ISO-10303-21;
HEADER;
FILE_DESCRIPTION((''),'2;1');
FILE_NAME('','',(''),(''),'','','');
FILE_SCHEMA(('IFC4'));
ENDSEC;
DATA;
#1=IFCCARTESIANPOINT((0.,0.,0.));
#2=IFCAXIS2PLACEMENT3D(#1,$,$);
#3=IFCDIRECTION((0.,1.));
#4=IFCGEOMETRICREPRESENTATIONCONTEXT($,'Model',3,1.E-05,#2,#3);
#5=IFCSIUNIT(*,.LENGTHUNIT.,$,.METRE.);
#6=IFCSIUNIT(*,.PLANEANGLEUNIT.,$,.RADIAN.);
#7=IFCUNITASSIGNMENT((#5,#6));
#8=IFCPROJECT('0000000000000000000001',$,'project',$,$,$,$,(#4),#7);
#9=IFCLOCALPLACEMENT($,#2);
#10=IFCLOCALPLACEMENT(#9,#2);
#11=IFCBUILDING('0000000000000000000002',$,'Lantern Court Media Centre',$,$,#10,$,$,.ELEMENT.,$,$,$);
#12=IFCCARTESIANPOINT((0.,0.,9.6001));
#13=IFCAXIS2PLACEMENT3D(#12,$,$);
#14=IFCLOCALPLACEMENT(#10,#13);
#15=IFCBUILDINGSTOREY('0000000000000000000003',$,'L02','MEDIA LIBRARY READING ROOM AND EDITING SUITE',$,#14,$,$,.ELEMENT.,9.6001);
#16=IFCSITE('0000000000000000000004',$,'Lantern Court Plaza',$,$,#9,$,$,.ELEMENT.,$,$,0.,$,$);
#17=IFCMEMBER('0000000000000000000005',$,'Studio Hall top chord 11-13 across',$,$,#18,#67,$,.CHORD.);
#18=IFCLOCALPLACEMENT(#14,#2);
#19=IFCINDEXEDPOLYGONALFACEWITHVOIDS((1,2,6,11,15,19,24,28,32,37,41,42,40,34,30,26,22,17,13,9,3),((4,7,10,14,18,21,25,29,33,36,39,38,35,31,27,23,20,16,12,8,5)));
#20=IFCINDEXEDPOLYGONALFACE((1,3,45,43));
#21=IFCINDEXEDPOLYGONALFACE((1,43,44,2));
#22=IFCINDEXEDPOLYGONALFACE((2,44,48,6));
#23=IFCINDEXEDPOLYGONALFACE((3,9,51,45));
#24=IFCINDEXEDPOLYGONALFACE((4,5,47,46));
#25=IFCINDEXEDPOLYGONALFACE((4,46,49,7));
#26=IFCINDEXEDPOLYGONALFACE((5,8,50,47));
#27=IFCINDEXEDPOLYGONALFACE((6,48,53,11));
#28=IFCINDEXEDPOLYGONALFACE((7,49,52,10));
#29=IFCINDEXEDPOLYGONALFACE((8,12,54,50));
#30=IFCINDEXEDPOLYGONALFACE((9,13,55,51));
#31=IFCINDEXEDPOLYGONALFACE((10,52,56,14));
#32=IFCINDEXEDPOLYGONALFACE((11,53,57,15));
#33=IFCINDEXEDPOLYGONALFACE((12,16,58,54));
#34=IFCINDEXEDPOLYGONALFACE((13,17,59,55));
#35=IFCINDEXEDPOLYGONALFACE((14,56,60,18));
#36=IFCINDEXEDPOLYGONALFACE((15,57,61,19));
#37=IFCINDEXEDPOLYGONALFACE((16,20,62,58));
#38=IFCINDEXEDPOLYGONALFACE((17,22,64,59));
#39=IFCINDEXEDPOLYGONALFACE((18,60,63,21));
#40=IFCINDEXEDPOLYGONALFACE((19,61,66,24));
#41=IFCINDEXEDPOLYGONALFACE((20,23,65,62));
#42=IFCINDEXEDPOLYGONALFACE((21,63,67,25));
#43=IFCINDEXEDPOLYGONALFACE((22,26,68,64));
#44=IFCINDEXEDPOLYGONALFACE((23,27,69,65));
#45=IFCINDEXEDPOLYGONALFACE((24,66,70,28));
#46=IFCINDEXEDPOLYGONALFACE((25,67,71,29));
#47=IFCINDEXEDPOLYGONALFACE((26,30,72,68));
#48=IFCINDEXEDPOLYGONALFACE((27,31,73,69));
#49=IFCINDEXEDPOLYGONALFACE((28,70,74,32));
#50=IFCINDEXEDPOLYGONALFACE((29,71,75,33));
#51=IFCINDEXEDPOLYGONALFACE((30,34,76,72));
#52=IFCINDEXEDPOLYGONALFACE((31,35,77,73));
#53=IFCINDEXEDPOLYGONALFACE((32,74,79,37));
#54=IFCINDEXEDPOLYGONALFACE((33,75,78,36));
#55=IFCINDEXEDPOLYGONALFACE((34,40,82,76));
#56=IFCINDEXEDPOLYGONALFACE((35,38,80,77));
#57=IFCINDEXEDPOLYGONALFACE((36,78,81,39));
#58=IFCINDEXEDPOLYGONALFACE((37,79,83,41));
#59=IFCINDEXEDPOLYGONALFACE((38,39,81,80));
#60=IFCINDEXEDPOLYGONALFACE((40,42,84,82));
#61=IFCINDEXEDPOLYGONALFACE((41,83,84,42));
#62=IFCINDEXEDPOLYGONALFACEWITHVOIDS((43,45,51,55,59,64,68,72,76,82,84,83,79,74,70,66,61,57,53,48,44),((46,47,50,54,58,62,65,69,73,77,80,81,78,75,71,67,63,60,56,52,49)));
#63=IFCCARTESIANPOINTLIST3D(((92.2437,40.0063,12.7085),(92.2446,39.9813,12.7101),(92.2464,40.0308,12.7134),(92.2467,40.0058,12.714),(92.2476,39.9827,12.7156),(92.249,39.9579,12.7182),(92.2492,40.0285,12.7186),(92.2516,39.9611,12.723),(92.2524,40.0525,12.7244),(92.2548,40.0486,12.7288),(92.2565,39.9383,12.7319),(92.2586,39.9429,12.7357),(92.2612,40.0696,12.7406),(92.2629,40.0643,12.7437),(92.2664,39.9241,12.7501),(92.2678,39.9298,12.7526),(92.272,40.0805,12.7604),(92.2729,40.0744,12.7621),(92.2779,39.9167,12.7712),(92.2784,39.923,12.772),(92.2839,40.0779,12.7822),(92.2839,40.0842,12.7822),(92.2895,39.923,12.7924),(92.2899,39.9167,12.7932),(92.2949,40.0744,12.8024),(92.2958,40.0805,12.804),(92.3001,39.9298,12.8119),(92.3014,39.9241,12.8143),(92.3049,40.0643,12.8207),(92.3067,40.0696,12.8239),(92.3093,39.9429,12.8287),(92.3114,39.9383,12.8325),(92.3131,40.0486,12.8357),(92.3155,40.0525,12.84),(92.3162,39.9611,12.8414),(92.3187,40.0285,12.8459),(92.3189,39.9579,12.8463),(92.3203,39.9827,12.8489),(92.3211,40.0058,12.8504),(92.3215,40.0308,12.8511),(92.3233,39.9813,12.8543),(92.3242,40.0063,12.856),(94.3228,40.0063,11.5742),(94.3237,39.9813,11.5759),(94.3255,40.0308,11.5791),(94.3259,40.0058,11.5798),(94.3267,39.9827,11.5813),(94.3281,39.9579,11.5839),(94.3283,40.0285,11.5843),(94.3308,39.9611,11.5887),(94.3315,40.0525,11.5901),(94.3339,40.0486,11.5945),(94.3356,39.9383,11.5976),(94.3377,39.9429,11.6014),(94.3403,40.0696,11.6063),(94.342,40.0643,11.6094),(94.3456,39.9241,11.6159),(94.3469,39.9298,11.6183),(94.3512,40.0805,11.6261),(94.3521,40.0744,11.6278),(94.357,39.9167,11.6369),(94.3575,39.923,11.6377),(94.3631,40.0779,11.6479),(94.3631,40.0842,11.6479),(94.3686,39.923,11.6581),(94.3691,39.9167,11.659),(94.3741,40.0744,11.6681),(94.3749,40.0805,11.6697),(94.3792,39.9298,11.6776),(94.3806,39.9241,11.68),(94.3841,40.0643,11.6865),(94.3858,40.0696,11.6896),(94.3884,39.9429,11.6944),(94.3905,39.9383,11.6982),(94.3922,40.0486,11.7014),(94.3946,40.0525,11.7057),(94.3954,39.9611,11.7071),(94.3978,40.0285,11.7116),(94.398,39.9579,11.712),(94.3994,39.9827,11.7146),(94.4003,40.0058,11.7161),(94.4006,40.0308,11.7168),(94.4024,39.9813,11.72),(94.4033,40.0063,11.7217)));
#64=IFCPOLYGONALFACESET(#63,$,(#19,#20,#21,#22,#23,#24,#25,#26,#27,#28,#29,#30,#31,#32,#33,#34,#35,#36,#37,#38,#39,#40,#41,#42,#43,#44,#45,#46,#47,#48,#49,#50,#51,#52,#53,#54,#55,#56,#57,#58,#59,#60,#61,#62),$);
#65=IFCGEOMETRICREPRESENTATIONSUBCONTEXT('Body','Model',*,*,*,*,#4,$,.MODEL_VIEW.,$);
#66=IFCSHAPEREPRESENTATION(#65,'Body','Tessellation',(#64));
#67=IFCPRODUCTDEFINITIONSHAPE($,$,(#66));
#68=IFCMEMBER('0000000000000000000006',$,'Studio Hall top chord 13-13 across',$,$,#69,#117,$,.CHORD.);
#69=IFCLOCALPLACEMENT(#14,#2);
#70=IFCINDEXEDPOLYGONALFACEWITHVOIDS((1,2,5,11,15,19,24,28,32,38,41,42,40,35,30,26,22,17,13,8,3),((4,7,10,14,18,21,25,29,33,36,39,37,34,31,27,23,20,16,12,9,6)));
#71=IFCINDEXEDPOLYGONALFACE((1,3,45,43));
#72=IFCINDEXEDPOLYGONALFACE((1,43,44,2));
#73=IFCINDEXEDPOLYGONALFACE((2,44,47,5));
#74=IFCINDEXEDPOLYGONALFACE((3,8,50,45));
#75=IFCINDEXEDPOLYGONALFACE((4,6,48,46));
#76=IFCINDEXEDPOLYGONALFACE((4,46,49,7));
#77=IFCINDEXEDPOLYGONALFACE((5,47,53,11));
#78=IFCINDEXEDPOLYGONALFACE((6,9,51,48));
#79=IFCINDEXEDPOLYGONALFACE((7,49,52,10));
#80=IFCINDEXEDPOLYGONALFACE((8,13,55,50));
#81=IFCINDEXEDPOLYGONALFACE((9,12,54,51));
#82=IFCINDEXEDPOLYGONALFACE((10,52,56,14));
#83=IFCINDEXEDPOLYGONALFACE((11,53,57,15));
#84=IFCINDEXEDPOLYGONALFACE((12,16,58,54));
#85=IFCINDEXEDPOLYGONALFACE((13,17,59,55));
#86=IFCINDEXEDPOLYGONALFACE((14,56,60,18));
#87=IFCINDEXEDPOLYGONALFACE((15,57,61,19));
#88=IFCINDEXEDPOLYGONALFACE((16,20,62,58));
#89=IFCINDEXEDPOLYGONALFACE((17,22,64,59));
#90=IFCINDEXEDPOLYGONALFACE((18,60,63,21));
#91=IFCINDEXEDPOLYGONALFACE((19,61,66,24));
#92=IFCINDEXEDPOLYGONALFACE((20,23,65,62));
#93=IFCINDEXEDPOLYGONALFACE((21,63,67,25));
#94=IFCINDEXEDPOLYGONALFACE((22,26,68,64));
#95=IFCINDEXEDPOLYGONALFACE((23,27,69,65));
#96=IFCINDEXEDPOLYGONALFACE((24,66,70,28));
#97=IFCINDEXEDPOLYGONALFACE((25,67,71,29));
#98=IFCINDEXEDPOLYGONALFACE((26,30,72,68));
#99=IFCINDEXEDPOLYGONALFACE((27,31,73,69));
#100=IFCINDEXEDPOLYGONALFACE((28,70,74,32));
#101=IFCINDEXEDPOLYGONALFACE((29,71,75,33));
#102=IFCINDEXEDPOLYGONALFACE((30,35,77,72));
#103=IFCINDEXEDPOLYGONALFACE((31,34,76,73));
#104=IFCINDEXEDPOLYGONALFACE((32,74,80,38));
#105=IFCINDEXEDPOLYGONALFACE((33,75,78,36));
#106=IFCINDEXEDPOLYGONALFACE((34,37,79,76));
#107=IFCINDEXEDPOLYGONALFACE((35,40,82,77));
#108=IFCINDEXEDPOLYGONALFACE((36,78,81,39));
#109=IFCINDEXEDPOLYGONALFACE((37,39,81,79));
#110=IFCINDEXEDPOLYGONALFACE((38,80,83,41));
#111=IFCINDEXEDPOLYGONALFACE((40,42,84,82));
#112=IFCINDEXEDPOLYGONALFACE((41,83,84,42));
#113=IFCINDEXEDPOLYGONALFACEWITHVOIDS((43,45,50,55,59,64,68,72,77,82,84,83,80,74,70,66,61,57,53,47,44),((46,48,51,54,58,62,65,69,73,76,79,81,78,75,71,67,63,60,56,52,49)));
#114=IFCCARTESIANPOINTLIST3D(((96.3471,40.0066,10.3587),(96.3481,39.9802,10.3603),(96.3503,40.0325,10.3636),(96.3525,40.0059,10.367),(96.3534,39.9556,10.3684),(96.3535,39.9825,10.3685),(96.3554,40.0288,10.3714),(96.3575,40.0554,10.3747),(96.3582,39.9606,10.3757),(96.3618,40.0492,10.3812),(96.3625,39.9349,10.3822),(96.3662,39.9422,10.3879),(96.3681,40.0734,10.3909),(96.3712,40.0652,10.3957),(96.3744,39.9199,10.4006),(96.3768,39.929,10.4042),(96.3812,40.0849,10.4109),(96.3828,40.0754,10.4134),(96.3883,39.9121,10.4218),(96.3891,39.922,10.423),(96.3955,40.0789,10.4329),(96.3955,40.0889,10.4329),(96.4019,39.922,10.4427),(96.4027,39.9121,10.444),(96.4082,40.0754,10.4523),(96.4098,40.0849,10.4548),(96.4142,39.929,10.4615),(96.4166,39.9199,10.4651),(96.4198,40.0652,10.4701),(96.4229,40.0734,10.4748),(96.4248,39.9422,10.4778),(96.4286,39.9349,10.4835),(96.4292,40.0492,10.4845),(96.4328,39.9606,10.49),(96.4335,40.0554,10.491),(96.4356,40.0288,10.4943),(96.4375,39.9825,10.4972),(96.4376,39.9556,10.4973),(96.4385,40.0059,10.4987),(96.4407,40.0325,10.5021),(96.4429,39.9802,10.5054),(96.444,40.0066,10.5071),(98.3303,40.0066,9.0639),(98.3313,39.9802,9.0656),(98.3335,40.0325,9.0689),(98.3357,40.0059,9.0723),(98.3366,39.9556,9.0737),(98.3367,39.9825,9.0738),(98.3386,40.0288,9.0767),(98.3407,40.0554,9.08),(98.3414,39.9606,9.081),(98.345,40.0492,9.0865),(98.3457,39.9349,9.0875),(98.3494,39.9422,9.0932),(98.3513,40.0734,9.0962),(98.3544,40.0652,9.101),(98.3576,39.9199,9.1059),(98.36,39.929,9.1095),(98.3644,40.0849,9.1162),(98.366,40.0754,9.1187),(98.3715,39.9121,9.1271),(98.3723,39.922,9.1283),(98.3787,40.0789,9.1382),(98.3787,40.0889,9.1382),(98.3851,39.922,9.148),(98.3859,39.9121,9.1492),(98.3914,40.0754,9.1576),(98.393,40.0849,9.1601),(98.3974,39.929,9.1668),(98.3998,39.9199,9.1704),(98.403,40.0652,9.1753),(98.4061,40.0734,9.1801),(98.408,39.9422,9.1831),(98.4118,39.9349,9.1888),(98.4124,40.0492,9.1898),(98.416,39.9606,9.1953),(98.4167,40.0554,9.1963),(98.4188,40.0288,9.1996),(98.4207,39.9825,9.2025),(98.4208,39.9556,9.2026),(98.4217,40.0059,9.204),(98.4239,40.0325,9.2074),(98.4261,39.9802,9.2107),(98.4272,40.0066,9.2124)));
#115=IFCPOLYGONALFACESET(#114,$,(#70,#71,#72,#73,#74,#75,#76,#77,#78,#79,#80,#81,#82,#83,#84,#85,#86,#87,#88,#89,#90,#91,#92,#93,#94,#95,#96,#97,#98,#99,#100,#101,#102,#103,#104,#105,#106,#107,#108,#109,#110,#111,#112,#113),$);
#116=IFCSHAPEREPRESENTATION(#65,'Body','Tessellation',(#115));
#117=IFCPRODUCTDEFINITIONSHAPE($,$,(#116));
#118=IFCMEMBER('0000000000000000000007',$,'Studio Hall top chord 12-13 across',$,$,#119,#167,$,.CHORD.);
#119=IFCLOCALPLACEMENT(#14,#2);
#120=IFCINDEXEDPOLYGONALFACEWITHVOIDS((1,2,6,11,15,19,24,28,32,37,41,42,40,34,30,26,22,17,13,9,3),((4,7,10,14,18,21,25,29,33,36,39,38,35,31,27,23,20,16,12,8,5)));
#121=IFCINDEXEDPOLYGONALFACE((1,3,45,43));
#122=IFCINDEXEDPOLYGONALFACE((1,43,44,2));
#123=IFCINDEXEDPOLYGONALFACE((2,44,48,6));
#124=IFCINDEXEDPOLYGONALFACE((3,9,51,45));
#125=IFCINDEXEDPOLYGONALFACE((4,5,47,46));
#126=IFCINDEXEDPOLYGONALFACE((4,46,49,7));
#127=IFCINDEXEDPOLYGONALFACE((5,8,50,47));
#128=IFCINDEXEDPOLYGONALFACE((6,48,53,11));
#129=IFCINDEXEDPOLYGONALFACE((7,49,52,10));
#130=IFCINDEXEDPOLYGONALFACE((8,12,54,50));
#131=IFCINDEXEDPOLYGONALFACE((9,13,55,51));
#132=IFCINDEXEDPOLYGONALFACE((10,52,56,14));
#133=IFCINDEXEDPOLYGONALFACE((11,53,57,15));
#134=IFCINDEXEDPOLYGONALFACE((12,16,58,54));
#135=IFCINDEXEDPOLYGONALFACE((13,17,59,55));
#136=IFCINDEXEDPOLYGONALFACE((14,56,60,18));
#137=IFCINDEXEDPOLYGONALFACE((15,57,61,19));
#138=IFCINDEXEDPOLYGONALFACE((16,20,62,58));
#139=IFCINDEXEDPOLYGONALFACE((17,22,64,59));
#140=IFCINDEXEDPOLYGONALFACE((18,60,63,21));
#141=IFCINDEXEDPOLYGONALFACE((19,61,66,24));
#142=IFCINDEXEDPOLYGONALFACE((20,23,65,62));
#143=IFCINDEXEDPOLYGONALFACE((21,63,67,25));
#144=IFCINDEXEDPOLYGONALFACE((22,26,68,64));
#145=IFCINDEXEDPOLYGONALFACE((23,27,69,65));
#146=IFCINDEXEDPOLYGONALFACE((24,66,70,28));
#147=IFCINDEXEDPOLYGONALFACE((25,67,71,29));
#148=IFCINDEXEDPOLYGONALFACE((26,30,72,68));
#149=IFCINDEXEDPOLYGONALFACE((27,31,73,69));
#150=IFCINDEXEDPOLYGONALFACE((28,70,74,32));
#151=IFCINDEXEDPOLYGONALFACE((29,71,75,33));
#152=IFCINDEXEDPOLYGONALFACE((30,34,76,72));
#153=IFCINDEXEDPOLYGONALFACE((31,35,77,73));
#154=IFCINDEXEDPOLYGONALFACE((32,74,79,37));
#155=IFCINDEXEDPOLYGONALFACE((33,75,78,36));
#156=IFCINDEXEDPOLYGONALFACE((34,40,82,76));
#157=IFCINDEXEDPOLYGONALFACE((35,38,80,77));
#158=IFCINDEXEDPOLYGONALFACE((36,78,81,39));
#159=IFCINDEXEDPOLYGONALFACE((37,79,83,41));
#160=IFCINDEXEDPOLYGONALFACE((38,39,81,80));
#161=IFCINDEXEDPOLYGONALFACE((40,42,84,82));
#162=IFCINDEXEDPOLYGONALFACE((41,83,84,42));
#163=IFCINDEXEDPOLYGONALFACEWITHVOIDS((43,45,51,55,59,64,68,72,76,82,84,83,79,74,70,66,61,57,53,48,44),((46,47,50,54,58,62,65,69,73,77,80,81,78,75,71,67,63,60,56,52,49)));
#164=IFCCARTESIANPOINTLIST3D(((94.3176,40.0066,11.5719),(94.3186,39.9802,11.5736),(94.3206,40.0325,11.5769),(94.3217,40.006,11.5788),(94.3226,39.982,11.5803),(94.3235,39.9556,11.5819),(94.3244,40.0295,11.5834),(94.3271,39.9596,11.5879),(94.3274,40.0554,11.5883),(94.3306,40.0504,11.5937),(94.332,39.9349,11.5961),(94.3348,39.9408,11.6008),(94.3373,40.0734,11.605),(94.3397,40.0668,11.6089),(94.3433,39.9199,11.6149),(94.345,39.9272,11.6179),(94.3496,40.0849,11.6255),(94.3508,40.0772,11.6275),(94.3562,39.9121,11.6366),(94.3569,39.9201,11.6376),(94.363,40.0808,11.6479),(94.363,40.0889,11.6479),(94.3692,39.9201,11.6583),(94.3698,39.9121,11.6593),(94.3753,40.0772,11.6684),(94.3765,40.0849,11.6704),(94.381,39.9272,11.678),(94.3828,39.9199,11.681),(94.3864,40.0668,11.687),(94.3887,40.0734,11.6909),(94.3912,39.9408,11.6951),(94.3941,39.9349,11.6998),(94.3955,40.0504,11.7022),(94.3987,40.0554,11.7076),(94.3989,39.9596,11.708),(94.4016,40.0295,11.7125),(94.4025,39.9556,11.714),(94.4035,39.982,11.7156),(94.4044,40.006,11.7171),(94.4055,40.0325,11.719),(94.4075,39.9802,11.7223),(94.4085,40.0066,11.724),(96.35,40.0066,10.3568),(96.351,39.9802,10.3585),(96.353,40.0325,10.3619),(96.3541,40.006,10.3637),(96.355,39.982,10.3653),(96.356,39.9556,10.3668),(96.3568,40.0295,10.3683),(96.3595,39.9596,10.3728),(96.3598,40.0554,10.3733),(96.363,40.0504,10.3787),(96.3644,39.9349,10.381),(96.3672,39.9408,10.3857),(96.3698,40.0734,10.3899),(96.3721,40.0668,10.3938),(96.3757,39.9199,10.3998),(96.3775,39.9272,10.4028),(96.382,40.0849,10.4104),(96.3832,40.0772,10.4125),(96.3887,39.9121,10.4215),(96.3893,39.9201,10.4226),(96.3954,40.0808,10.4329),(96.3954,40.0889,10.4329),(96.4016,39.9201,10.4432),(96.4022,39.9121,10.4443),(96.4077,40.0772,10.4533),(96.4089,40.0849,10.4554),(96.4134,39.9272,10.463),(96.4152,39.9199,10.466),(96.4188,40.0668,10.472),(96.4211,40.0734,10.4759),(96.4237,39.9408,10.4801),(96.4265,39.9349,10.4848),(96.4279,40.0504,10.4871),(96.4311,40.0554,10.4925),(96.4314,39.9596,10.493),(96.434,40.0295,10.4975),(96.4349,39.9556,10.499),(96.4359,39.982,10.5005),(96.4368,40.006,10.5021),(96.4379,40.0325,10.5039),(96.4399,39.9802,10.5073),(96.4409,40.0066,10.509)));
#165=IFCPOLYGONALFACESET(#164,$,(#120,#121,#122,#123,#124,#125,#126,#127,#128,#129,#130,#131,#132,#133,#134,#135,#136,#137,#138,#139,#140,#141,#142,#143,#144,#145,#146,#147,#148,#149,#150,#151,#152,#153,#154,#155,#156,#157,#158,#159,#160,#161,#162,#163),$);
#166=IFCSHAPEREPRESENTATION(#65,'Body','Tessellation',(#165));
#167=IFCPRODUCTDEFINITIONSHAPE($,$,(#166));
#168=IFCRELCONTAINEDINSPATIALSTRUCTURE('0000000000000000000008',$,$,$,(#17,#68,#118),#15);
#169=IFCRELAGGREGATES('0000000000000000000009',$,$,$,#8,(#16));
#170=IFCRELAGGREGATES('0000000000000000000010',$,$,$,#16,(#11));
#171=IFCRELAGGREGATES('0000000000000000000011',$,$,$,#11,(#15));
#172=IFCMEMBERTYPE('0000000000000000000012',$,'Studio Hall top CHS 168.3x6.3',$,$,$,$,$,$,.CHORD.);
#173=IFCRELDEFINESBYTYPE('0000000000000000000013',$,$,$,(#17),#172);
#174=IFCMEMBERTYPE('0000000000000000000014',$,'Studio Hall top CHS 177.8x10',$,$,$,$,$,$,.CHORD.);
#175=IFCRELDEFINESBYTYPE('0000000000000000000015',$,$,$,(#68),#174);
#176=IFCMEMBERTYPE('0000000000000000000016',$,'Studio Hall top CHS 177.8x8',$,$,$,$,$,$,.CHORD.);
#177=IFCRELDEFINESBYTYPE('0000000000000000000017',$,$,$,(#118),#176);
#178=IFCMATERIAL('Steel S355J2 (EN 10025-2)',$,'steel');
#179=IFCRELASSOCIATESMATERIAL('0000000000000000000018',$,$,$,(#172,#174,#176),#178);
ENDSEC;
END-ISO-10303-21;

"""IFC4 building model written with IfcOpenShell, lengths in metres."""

from ifc_helpers import new_model, si_unit, direction, frame, origin, origin_2d, place, context, subcontext, project, spatial, hollow_circle, extrude, material, material_profile, profile_set, type_object, element, save


model = new_model("IFC4")

# Units and contexts
model_context = context("Model", 3, precision=1e-05, world=origin(), true_north=direction((0.0, 1.0)))
body_context = subcontext(model_context, "Body", "Model", "MODEL_VIEW")
ifc_project = project(units=[si_unit("LENGTHUNIT", "METRE"), si_unit("PLANEANGLEUNIT", "RADIAN")], contexts=[model_context])

# Site, building, storey
site_placement = place(None, origin())
site = spatial("IfcSite", under=ifc_project, at=site_placement, Name="Lantern Court Plaza", CompositionType="ELEMENT", RefElevation=0.0)
building_placement = place(site_placement, origin())
building = spatial("IfcBuilding", under=site, at=building_placement, Name="Lantern Court Media Centre", CompositionType="ELEMENT")
storey_placement = place(building_placement, frame((0.0, 0.0, 9.6001)))
storey = spatial("IfcBuildingStorey", under=building, at=storey_placement, Name="L02", Description="MEDIA LIBRARY READING ROOM AND EDITING SUITE", CompositionType="ELEMENT", Elevation=9.6001)

# Shared definitions
ifc_material_1 = material(Name="Steel S355J2 (EN 10025-2)", Category="steel")

# Members
ifc_material_profile_1 = material_profile(ifc_material_1, hollow_circle(Radius=0.0842, WallThickness=0.0063, at=origin_2d()), Name="Studio Hall top CHS 168.3x6.3")
ifc_profile_set_1 = profile_set([ifc_material_profile_1], Name="Steel S355J2 (EN 10025-2)")
member_type_1 = type_object("IfcMemberType", Name="Studio Hall top CHS 168.3x6.3", PredefinedType="CHORD", material=ifc_profile_set_1)
member_1_placement = place(storey_placement, frame((92.2839, 40.0, 12.7822), z_axis=(0.877856, 0.0, -0.478924), x_axis=(0.0, 1.0, 0.0)))
element("IfcMember", 1, at=member_1_placement, inside=storey, type_object=member_type_1, Name="Studio Hall top chord 11-13 across", PredefinedType="CHORD", context=body_context, shape_type="SweptSolid", body=[
    extrude(hollow_circle(Radius=0.0842, WallThickness=0.0063, at=origin_2d()), origin(), (0.0, 0.0, 1.0), 2.3684),
])
ifc_material_profile_2 = material_profile(ifc_material_1, hollow_circle(Radius=0.0889, WallThickness=0.01, at=origin_2d()), Name="Studio Hall top CHS 177.8x10")
ifc_profile_set_2 = profile_set([ifc_material_profile_2], Name="Steel S355J2 (EN 10025-2)")
member_type_2 = type_object("IfcMemberType", Name="Studio Hall top CHS 177.8x10", PredefinedType="CHORD", material=ifc_profile_set_2)
member_2_placement = place(storey_placement, frame((96.3955, 40.0, 10.4329), z_axis=(0.837356, 0.0, -0.546658), x_axis=(0.0, 1.0, 0.0)))
element("IfcMember", 2, at=member_2_placement, inside=storey, type_object=member_type_2, Name="Studio Hall top chord 13-13 across", PredefinedType="CHORD", context=body_context, shape_type="SweptSolid", body=[
    extrude(hollow_circle(Radius=0.0889, WallThickness=0.01, at=origin_2d()), origin(), (0.0, 0.0, 1.0), 2.3684),
])
ifc_material_profile_3 = material_profile(ifc_material_1, hollow_circle(Radius=0.0889, WallThickness=0.0081, at=origin_2d()), Name="Studio Hall top CHS 177.8x8")
ifc_profile_set_3 = profile_set([ifc_material_profile_3], Name="Steel S355J2 (EN 10025-2)")
member_type_3 = type_object("IfcMemberType", Name="Studio Hall top CHS 177.8x8", PredefinedType="CHORD", material=ifc_profile_set_3)
member_3_placement = place(storey_placement, frame((94.363, 40.0, 11.6479), z_axis=(0.858311, 0.0, -0.513131), x_axis=(0.0, 1.0, 0.0)))
element("IfcMember", 3, at=member_3_placement, inside=storey, type_object=member_type_3, Name="Studio Hall top chord 12-13 across", PredefinedType="CHORD", context=body_context, shape_type="SweptSolid", body=[
    extrude(hollow_circle(Radius=0.0889, WallThickness=0.0081, at=origin_2d()), origin(), (0.0, 0.0, 1.0), 2.3679),
])

save(model, "model.ifc")
